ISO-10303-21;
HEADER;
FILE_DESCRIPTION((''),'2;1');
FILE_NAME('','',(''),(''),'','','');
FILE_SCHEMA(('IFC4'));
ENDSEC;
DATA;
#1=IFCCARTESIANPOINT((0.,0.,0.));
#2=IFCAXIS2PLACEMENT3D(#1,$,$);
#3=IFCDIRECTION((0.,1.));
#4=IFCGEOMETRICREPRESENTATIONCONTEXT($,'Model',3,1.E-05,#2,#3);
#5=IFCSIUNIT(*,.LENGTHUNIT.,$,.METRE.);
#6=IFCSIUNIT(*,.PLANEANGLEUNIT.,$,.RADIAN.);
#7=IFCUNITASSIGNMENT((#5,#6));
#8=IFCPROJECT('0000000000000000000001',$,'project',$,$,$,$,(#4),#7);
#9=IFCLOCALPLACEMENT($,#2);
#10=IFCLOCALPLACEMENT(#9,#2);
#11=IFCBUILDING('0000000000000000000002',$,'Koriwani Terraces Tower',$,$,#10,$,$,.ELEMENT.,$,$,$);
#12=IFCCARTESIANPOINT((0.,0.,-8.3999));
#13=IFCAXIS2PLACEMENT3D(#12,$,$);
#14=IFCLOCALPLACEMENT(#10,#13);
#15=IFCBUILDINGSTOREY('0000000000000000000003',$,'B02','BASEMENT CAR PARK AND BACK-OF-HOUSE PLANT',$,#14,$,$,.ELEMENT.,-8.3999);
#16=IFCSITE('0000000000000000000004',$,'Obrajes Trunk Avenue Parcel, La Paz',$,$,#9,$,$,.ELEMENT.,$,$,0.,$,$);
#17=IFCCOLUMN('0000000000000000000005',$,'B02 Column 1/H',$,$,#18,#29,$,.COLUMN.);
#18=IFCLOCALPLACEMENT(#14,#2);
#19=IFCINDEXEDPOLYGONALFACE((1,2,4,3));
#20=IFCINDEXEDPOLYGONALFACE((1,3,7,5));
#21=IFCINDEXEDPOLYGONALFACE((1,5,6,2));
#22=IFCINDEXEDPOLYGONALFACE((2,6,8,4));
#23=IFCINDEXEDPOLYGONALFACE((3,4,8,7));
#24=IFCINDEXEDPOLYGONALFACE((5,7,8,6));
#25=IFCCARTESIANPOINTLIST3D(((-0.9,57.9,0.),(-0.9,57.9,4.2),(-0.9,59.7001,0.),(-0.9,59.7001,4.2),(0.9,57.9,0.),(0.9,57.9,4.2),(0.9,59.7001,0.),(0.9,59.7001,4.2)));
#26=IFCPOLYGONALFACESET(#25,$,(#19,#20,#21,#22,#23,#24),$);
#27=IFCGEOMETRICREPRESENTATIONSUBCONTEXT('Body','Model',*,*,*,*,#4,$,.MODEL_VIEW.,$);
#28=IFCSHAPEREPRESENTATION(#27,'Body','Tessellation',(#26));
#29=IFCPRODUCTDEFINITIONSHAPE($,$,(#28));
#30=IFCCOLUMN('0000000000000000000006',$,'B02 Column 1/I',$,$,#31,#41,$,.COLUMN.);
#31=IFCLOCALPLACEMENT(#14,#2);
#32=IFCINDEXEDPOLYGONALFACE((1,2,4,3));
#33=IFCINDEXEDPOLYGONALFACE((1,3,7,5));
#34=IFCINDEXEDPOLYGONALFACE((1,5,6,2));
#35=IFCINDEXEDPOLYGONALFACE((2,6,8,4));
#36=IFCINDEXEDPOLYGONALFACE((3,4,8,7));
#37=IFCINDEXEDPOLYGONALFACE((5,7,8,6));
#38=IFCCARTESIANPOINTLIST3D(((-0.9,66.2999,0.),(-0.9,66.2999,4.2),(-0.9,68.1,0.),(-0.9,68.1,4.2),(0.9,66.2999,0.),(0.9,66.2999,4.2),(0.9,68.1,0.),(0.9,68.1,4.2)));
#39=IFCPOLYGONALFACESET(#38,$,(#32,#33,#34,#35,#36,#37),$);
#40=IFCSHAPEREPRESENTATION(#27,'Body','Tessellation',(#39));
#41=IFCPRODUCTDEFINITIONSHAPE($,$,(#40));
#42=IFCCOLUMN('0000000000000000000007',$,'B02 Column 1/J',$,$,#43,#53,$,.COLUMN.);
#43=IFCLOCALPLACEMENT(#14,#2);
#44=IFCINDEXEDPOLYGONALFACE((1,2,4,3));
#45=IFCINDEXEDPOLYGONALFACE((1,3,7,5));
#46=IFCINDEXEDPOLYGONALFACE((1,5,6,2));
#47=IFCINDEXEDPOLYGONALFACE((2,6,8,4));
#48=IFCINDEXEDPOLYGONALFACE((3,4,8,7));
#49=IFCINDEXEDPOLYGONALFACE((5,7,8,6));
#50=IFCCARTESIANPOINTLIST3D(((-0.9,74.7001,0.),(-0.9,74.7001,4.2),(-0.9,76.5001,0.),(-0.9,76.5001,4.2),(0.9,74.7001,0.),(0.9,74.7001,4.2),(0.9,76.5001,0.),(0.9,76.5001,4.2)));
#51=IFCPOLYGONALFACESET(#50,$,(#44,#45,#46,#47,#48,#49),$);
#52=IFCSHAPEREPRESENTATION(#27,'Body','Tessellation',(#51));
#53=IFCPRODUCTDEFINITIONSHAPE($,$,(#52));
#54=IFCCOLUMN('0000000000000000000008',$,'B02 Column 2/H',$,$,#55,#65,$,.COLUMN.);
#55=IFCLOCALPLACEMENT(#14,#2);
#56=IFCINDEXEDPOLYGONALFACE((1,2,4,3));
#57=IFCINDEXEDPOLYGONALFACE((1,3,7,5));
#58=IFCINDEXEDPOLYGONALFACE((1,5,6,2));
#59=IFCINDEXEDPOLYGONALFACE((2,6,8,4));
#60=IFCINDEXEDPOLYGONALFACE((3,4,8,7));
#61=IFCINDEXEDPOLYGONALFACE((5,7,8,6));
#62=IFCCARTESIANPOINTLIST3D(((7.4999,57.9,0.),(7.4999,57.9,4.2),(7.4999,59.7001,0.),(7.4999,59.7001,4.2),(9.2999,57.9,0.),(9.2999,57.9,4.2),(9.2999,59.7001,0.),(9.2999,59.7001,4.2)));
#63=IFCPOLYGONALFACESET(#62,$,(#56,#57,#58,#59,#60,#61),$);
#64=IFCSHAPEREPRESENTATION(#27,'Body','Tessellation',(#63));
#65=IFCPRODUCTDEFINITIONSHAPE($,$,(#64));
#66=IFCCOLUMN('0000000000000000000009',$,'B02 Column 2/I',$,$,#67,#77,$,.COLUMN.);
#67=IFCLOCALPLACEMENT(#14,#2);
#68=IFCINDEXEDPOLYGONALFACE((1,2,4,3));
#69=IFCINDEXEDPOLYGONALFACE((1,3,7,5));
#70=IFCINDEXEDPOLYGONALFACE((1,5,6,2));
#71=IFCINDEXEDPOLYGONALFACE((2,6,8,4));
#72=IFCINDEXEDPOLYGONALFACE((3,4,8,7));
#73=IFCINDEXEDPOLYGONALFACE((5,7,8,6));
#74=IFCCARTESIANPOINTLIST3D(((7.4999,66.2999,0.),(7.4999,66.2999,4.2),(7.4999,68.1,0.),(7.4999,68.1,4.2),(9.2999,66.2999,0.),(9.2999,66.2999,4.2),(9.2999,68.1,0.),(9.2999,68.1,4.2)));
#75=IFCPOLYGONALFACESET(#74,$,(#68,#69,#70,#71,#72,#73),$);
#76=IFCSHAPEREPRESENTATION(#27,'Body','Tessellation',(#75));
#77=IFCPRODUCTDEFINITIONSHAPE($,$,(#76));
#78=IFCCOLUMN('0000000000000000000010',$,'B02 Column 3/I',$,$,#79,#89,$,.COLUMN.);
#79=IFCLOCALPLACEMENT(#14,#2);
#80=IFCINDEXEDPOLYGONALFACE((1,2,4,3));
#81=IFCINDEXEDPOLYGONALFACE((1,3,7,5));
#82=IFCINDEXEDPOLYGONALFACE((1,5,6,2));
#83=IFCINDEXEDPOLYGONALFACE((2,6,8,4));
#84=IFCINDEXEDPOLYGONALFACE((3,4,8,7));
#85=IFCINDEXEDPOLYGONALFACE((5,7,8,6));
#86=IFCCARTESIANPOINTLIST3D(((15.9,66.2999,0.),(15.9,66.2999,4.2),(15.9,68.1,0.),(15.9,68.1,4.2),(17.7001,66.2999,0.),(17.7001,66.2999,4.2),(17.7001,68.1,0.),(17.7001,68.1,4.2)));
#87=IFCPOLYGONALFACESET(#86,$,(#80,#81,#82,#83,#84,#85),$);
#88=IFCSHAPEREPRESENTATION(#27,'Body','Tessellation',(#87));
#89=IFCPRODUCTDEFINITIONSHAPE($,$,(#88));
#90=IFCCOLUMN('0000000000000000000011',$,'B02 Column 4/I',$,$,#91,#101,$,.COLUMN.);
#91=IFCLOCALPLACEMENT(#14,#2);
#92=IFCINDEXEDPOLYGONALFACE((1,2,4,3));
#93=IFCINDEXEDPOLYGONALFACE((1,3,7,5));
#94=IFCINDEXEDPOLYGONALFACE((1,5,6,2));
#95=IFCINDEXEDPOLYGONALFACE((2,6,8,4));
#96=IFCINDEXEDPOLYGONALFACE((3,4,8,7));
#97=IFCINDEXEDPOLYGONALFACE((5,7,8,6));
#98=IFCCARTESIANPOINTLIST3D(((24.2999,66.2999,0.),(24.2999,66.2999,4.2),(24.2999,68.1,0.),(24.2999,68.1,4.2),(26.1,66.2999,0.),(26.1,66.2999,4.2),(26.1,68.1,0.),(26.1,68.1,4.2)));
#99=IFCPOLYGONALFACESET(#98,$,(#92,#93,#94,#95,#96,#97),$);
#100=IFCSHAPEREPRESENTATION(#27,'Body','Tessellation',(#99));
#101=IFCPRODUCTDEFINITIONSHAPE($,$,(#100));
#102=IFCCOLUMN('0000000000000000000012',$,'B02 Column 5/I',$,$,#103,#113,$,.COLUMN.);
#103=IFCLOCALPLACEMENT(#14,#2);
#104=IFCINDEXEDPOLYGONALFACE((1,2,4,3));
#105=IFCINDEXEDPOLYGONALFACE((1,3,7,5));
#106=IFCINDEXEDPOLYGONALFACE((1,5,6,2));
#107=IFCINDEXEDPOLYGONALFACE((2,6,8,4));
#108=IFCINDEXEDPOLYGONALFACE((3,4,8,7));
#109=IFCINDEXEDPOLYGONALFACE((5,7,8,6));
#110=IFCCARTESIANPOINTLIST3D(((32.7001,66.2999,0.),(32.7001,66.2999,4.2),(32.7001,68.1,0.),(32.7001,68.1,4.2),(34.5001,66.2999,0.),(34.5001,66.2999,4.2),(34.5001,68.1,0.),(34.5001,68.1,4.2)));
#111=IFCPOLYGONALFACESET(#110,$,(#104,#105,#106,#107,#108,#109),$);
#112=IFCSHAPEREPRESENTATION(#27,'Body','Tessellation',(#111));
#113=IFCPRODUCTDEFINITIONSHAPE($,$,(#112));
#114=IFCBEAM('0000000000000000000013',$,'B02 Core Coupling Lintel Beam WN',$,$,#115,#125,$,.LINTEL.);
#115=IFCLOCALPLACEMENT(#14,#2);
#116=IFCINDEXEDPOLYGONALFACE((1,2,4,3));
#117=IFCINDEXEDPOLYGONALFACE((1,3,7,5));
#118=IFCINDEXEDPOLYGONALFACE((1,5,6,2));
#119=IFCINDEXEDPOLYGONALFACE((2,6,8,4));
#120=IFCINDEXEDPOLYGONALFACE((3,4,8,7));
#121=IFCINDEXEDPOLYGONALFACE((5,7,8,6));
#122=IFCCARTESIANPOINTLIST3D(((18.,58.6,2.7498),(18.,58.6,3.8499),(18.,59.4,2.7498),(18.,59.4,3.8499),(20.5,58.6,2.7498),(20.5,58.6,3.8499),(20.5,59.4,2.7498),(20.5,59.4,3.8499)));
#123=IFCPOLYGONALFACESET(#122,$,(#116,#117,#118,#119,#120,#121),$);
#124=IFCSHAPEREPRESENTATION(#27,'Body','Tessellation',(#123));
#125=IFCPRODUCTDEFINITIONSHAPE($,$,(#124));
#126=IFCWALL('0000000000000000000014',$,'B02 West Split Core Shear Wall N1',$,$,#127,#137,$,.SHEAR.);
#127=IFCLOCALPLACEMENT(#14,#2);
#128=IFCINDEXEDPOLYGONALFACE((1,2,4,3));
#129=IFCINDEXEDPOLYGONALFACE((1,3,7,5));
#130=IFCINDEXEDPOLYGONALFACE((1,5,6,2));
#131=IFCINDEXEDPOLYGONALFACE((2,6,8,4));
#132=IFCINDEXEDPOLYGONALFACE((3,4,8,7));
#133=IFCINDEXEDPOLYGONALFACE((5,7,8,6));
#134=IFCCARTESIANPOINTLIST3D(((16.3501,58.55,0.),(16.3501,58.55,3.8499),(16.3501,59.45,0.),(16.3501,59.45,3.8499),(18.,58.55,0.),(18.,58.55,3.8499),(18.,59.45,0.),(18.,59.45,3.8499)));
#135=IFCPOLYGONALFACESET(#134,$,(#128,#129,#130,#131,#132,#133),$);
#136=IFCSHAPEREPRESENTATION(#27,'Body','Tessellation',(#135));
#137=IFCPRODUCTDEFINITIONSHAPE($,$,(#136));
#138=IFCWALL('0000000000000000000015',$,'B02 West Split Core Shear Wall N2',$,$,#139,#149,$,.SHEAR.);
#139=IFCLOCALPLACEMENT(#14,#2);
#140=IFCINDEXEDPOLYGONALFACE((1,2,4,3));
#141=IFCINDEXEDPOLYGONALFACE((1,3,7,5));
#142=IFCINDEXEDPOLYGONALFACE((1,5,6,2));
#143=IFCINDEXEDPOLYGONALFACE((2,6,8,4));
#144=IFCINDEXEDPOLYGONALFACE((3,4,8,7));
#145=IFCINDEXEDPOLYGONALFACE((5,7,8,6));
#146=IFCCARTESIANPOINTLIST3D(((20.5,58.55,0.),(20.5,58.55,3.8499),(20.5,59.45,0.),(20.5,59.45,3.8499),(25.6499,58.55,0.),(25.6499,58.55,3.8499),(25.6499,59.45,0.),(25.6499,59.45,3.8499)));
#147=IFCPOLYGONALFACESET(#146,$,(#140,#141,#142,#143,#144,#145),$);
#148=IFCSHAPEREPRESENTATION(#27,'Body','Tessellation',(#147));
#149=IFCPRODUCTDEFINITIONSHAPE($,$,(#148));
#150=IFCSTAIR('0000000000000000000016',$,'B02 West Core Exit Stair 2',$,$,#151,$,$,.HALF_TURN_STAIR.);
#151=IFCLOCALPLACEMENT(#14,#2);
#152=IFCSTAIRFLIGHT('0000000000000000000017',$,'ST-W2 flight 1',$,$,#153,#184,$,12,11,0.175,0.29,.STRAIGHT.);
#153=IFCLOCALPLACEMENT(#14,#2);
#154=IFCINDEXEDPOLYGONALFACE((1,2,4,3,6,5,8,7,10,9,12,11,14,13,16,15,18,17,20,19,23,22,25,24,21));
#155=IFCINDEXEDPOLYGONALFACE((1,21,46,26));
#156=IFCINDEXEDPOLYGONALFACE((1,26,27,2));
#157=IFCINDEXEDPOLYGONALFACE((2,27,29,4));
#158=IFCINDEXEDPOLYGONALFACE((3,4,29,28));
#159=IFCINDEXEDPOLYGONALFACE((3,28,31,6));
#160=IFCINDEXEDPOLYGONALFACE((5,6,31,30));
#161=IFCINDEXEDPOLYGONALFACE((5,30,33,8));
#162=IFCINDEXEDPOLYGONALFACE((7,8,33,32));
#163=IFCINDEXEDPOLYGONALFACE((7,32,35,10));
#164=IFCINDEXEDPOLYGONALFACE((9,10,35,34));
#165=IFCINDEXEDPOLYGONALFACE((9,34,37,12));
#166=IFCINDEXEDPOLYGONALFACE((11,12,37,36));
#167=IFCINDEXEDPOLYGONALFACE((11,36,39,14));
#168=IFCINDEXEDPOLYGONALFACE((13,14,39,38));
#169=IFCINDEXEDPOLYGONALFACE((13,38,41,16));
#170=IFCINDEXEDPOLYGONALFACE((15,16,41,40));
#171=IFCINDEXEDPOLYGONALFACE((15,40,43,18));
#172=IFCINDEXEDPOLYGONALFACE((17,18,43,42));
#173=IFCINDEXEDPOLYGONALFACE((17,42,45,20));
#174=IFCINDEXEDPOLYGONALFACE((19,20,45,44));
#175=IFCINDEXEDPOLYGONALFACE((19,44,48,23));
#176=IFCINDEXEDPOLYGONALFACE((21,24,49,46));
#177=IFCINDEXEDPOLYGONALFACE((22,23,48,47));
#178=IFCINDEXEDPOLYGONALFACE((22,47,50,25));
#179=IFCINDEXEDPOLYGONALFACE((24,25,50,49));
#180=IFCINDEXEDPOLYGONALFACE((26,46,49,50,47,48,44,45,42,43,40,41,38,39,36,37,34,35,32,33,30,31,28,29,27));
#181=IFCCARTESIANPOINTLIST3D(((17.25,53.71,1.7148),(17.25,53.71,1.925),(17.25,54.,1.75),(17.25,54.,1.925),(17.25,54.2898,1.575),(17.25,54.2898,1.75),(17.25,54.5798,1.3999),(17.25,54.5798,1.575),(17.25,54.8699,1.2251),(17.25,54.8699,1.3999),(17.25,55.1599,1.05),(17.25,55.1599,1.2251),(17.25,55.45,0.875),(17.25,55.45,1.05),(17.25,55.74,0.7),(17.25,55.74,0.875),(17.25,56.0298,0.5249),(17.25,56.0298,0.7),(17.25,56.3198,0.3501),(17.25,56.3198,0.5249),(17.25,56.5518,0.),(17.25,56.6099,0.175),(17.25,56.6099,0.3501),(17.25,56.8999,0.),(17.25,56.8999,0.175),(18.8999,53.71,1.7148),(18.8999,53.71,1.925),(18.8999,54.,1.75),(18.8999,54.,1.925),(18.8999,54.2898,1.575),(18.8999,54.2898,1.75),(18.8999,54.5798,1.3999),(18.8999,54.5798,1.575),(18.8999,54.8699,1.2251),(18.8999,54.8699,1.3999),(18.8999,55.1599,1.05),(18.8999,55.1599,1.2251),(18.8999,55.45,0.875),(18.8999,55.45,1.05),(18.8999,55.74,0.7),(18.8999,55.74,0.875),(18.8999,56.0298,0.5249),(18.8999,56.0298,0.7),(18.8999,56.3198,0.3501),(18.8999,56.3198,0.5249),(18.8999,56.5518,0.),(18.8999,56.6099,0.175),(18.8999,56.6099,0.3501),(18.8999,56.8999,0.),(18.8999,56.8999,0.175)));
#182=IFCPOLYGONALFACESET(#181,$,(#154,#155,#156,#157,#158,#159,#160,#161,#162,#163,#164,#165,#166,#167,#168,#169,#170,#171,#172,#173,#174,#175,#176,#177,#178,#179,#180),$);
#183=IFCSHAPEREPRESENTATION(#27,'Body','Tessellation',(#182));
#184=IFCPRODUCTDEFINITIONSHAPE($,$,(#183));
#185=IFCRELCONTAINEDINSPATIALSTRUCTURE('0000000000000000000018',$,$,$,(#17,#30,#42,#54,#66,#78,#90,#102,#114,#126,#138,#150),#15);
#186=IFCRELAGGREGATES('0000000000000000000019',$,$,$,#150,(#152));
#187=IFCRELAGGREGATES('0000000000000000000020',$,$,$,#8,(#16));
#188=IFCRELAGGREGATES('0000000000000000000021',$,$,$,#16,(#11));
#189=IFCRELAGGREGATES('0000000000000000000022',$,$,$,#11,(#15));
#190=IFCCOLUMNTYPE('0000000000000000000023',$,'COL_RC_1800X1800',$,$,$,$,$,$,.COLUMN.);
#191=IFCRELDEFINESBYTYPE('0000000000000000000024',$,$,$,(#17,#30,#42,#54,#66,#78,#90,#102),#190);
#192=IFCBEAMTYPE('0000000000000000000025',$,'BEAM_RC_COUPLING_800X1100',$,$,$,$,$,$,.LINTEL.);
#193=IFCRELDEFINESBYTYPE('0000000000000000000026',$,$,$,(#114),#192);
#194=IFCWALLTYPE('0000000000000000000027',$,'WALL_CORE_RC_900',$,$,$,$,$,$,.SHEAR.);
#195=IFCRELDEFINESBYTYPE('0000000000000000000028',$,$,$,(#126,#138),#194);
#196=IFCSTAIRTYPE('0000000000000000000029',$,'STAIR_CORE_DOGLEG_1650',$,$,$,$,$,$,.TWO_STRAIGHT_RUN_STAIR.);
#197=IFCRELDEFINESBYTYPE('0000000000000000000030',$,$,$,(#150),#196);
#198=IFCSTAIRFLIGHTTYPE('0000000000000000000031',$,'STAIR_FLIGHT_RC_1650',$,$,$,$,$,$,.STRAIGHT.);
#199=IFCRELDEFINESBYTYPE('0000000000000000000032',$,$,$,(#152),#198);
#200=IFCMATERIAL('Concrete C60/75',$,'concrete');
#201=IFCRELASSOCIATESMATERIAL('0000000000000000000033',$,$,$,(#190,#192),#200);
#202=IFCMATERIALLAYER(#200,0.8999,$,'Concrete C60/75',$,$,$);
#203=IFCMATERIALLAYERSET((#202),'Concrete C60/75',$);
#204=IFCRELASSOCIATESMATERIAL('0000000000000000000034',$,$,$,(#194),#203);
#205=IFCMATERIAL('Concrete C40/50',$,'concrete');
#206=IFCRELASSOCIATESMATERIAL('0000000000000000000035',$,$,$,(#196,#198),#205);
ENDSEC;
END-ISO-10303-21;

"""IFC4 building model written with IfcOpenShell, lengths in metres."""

from ifc_helpers import new_model, si_unit, direction, frame, frame_2d, origin, origin_2d, place, context, subcontext, project, spatial, polyline, rectangle, outline, extrude, material, layer, layer_set, material_profile, profile_set, type_object, element, aggregate, save


model = new_model("IFC4")

# Units and contexts
model_context = context("Model", 3, precision=1e-05, world=origin(), true_north=direction((0.0, 1.0)))
body_context = subcontext(model_context, "Body", "Model", "MODEL_VIEW")
ifc_project = project(units=[si_unit("LENGTHUNIT", "METRE"), si_unit("PLANEANGLEUNIT", "RADIAN")], contexts=[model_context])

# Site, building, storey
site_placement = place(None, origin())
site = spatial("IfcSite", under=ifc_project, at=site_placement, Name="Obrajes Trunk Avenue Parcel, La Paz", CompositionType="ELEMENT", RefElevation=0.0)
building_placement = place(site_placement, origin())
building = spatial("IfcBuilding", under=site, at=building_placement, Name="Koriwani Terraces Tower", CompositionType="ELEMENT")
storey_placement = place(building_placement, frame((0.0, 0.0, -8.3999)))
storey = spatial("IfcBuildingStorey", under=building, at=storey_placement, Name="B02", Description="BASEMENT CAR PARK AND BACK-OF-HOUSE PLANT", CompositionType="ELEMENT", Elevation=-8.3999)

# Shared definitions
ifc_material_1 = material(Name="Concrete C40/50", Category="concrete")

# Columns
ifc_material_2 = material(Name="Concrete C60/75", Category="concrete")
ifc_material_profile_1 = material_profile(ifc_material_2, rectangle(XDim=1.8, YDim=1.8, at=origin_2d()), Name="Concrete C60/75", Category="LoadBearing")
ifc_profile_set_1 = profile_set([ifc_material_profile_1], Name="Concrete C60/75")
column_type_1 = type_object("IfcColumnType", Name="COL_RC_1800X1800", PredefinedType="COLUMN", material=ifc_profile_set_1)
for number, where, z_axis, x_axis, name in (
    (1, (0.0, 58.8, 0.0), (0.0, 0.0, 1.0), (1.0, 0.0, 0.0), "B02 Column 1/H"),
    (2, (0.0, 67.2, 0.0), (0.0, 0.0, 1.0), (1.0, 0.0, 0.0), "B02 Column 1/I"),
    (3, (0.0, 75.6001, 0.0), (0.0, 0.0, 1.0), (1.0, 0.0, 0.0), "B02 Column 1/J"),
    (4, (8.3999, 58.8, 0.0), (0.0, 0.0, 1.0), (1.0, 0.0, 0.0), "B02 Column 2/H"),
    (5, (8.3999, 67.2, 0.0), (0.0, 0.0, 1.0), (1.0, 0.0, 0.0), "B02 Column 2/I"),
    (6, (16.8, 67.2, 0.0), (0.0, 0.0, 1.0), (1.0, 0.0, 0.0), "B02 Column 3/I"),
    (7, (25.2, 67.2, 0.0), (0.0, 0.0, 1.0), (1.0, 0.0, 0.0), "B02 Column 4/I"),
    (8, (33.6001, 67.2, 0.0), (0.0, 0.0, 1.0), (1.0, 0.0, 0.0), "B02 Column 5/I"),
):
    element("IfcColumn", number, at=place(storey_placement, frame(where, z_axis=z_axis, x_axis=x_axis)), inside=storey, type_object=column_type_1, Name=name, PredefinedType="COLUMN", context=body_context, shape_type="SweptSolid", body=[
        extrude(rectangle(XDim=1.8, YDim=1.8, at=origin_2d()), origin(), (0.0, 0.0, 1.0), 4.2),
    ])

# Beam
ifc_material_profile_2 = material_profile(ifc_material_2, rectangle(XDim=0.8, YDim=1.1001, at=origin_2d()), Name="Concrete C60/75", Category="LoadBearing")
ifc_profile_set_2 = profile_set([ifc_material_profile_2], Name="Concrete C60/75")
beam_type = type_object("IfcBeamType", Name="BEAM_RC_COUPLING_800X1100", PredefinedType="LINTEL", material=ifc_profile_set_2)
beam_placement = place(storey_placement, frame((18.0, 59.0, 3.2998), z_axis=(1.0, 0.0, 0.0), x_axis=(0.0, 1.0, 0.0)))
element("IfcBeam", 9, at=beam_placement, inside=storey, type_object=beam_type, Name="B02 Core Coupling Lintel Beam WN", PredefinedType="LINTEL", context=body_context, shape_type="SweptSolid", body=[
    extrude(rectangle(XDim=0.8, YDim=1.1001, at=origin_2d()), origin(), (0.0, 0.0, 1.0), 2.5),
])

# Walls
ifc_layer_1 = layer(ifc_material_2, 0.8999, Name="Concrete C60/75")
ifc_layer_set_1 = layer_set([ifc_layer_1], Name="Concrete C60/75")
wall_type_1 = type_object("IfcWallType", Name="WALL_CORE_RC_900", PredefinedType="SHEAR", material=ifc_layer_set_1)
wall_1_placement = place(storey_placement, frame((16.3501, 59.0, 0.0), z_axis=(0.0, 0.0, 1.0), x_axis=(1.0, 0.0, 0.0)))
element("IfcWall", 10, at=wall_1_placement, inside=storey, type_object=wall_type_1, Name="B02 West Split Core Shear Wall N1", PredefinedType="SHEAR", context=body_context, shape_type="SweptSolid", body=[
    extrude(rectangle(XDim=1.6499, YDim=0.8999, at=frame_2d((0.825, 0.0))), origin(), (0.0, 0.0, 1.0), 3.8499),
])
wall_2_placement = place(storey_placement, frame((20.5, 59.0, 0.0), z_axis=(0.0, 0.0, 1.0), x_axis=(1.0, 0.0, 0.0)))
element("IfcWall", 11, at=wall_2_placement, inside=storey, type_object=wall_type_1, Name="B02 West Split Core Shear Wall N2", PredefinedType="SHEAR", context=body_context, shape_type="SweptSolid", body=[
    extrude(rectangle(XDim=5.1499, YDim=0.8999, at=frame_2d((2.575, 0.0))), origin(), (0.0, 0.0, 1.0), 3.8499),
])

# Stair, stair flight
stair_type = type_object("IfcStairType", Name="STAIR_CORE_DOGLEG_1650", PredefinedType="TWO_STRAIGHT_RUN_STAIR", material=ifc_material_1)
stair_placement = place(storey_placement, origin())
stair = element("IfcStair", 12, at=stair_placement, inside=storey, type_object=stair_type, Name="B02 West Core Exit Stair 2", PredefinedType="HALF_TURN_STAIR")
stair_flight_type = type_object("IfcStairFlightType", Name="STAIR_FLIGHT_RC_1650", PredefinedType="STRAIGHT", material=ifc_material_1)
stair_flight_placement = place(storey_placement, frame((18.075, 56.8999, 0.0), z_axis=(0.0, 0.0, 1.0), x_axis=(0.0, -1.0, 0.0)))
stair_flight = element("IfcStairFlight", 13, at=stair_flight_placement, type_object=stair_flight_type, Name="ST-W2 flight 1", NumberOfRisers=12, NumberOfTreads=11, PredefinedType="STRAIGHT", RiserHeight=0.175, TreadLength=0.29, context=body_context, shape_type="SweptSolid", body=[
    extrude(outline(polyline([(0.0, 0.0), (0.0, 0.175), (0.29, 0.175), (0.29, 0.3501), (0.5801, 0.3501), (0.5801, 0.5249), (0.8701, 0.5249), (0.8701, 0.7), (1.1599, 0.7), (1.1599, 0.875), (1.45, 0.875), (1.45, 1.05), (1.74, 1.05), (1.74, 1.2251), (2.03, 1.2251), (2.03, 1.3999), (2.3201, 1.3999), (2.3201, 1.575), (2.6101, 1.575), (2.6101, 1.75), (2.8999, 1.75), (2.8999, 1.925), (3.1899, 1.925), (3.1899, 2.1001), (3.1899, 1.7148), (0.3481, 0.0), (0.0, 0.0)])), frame((0.0, 0.825, 0.0), z_axis=(0.0, -1.0, 0.0), x_axis=(1.0, 0.0, 0.0)), (0.0, 0.0, 1.0), 1.6499),
])
aggregate(stair, [stair_flight])

save(model, "model.ifc")
